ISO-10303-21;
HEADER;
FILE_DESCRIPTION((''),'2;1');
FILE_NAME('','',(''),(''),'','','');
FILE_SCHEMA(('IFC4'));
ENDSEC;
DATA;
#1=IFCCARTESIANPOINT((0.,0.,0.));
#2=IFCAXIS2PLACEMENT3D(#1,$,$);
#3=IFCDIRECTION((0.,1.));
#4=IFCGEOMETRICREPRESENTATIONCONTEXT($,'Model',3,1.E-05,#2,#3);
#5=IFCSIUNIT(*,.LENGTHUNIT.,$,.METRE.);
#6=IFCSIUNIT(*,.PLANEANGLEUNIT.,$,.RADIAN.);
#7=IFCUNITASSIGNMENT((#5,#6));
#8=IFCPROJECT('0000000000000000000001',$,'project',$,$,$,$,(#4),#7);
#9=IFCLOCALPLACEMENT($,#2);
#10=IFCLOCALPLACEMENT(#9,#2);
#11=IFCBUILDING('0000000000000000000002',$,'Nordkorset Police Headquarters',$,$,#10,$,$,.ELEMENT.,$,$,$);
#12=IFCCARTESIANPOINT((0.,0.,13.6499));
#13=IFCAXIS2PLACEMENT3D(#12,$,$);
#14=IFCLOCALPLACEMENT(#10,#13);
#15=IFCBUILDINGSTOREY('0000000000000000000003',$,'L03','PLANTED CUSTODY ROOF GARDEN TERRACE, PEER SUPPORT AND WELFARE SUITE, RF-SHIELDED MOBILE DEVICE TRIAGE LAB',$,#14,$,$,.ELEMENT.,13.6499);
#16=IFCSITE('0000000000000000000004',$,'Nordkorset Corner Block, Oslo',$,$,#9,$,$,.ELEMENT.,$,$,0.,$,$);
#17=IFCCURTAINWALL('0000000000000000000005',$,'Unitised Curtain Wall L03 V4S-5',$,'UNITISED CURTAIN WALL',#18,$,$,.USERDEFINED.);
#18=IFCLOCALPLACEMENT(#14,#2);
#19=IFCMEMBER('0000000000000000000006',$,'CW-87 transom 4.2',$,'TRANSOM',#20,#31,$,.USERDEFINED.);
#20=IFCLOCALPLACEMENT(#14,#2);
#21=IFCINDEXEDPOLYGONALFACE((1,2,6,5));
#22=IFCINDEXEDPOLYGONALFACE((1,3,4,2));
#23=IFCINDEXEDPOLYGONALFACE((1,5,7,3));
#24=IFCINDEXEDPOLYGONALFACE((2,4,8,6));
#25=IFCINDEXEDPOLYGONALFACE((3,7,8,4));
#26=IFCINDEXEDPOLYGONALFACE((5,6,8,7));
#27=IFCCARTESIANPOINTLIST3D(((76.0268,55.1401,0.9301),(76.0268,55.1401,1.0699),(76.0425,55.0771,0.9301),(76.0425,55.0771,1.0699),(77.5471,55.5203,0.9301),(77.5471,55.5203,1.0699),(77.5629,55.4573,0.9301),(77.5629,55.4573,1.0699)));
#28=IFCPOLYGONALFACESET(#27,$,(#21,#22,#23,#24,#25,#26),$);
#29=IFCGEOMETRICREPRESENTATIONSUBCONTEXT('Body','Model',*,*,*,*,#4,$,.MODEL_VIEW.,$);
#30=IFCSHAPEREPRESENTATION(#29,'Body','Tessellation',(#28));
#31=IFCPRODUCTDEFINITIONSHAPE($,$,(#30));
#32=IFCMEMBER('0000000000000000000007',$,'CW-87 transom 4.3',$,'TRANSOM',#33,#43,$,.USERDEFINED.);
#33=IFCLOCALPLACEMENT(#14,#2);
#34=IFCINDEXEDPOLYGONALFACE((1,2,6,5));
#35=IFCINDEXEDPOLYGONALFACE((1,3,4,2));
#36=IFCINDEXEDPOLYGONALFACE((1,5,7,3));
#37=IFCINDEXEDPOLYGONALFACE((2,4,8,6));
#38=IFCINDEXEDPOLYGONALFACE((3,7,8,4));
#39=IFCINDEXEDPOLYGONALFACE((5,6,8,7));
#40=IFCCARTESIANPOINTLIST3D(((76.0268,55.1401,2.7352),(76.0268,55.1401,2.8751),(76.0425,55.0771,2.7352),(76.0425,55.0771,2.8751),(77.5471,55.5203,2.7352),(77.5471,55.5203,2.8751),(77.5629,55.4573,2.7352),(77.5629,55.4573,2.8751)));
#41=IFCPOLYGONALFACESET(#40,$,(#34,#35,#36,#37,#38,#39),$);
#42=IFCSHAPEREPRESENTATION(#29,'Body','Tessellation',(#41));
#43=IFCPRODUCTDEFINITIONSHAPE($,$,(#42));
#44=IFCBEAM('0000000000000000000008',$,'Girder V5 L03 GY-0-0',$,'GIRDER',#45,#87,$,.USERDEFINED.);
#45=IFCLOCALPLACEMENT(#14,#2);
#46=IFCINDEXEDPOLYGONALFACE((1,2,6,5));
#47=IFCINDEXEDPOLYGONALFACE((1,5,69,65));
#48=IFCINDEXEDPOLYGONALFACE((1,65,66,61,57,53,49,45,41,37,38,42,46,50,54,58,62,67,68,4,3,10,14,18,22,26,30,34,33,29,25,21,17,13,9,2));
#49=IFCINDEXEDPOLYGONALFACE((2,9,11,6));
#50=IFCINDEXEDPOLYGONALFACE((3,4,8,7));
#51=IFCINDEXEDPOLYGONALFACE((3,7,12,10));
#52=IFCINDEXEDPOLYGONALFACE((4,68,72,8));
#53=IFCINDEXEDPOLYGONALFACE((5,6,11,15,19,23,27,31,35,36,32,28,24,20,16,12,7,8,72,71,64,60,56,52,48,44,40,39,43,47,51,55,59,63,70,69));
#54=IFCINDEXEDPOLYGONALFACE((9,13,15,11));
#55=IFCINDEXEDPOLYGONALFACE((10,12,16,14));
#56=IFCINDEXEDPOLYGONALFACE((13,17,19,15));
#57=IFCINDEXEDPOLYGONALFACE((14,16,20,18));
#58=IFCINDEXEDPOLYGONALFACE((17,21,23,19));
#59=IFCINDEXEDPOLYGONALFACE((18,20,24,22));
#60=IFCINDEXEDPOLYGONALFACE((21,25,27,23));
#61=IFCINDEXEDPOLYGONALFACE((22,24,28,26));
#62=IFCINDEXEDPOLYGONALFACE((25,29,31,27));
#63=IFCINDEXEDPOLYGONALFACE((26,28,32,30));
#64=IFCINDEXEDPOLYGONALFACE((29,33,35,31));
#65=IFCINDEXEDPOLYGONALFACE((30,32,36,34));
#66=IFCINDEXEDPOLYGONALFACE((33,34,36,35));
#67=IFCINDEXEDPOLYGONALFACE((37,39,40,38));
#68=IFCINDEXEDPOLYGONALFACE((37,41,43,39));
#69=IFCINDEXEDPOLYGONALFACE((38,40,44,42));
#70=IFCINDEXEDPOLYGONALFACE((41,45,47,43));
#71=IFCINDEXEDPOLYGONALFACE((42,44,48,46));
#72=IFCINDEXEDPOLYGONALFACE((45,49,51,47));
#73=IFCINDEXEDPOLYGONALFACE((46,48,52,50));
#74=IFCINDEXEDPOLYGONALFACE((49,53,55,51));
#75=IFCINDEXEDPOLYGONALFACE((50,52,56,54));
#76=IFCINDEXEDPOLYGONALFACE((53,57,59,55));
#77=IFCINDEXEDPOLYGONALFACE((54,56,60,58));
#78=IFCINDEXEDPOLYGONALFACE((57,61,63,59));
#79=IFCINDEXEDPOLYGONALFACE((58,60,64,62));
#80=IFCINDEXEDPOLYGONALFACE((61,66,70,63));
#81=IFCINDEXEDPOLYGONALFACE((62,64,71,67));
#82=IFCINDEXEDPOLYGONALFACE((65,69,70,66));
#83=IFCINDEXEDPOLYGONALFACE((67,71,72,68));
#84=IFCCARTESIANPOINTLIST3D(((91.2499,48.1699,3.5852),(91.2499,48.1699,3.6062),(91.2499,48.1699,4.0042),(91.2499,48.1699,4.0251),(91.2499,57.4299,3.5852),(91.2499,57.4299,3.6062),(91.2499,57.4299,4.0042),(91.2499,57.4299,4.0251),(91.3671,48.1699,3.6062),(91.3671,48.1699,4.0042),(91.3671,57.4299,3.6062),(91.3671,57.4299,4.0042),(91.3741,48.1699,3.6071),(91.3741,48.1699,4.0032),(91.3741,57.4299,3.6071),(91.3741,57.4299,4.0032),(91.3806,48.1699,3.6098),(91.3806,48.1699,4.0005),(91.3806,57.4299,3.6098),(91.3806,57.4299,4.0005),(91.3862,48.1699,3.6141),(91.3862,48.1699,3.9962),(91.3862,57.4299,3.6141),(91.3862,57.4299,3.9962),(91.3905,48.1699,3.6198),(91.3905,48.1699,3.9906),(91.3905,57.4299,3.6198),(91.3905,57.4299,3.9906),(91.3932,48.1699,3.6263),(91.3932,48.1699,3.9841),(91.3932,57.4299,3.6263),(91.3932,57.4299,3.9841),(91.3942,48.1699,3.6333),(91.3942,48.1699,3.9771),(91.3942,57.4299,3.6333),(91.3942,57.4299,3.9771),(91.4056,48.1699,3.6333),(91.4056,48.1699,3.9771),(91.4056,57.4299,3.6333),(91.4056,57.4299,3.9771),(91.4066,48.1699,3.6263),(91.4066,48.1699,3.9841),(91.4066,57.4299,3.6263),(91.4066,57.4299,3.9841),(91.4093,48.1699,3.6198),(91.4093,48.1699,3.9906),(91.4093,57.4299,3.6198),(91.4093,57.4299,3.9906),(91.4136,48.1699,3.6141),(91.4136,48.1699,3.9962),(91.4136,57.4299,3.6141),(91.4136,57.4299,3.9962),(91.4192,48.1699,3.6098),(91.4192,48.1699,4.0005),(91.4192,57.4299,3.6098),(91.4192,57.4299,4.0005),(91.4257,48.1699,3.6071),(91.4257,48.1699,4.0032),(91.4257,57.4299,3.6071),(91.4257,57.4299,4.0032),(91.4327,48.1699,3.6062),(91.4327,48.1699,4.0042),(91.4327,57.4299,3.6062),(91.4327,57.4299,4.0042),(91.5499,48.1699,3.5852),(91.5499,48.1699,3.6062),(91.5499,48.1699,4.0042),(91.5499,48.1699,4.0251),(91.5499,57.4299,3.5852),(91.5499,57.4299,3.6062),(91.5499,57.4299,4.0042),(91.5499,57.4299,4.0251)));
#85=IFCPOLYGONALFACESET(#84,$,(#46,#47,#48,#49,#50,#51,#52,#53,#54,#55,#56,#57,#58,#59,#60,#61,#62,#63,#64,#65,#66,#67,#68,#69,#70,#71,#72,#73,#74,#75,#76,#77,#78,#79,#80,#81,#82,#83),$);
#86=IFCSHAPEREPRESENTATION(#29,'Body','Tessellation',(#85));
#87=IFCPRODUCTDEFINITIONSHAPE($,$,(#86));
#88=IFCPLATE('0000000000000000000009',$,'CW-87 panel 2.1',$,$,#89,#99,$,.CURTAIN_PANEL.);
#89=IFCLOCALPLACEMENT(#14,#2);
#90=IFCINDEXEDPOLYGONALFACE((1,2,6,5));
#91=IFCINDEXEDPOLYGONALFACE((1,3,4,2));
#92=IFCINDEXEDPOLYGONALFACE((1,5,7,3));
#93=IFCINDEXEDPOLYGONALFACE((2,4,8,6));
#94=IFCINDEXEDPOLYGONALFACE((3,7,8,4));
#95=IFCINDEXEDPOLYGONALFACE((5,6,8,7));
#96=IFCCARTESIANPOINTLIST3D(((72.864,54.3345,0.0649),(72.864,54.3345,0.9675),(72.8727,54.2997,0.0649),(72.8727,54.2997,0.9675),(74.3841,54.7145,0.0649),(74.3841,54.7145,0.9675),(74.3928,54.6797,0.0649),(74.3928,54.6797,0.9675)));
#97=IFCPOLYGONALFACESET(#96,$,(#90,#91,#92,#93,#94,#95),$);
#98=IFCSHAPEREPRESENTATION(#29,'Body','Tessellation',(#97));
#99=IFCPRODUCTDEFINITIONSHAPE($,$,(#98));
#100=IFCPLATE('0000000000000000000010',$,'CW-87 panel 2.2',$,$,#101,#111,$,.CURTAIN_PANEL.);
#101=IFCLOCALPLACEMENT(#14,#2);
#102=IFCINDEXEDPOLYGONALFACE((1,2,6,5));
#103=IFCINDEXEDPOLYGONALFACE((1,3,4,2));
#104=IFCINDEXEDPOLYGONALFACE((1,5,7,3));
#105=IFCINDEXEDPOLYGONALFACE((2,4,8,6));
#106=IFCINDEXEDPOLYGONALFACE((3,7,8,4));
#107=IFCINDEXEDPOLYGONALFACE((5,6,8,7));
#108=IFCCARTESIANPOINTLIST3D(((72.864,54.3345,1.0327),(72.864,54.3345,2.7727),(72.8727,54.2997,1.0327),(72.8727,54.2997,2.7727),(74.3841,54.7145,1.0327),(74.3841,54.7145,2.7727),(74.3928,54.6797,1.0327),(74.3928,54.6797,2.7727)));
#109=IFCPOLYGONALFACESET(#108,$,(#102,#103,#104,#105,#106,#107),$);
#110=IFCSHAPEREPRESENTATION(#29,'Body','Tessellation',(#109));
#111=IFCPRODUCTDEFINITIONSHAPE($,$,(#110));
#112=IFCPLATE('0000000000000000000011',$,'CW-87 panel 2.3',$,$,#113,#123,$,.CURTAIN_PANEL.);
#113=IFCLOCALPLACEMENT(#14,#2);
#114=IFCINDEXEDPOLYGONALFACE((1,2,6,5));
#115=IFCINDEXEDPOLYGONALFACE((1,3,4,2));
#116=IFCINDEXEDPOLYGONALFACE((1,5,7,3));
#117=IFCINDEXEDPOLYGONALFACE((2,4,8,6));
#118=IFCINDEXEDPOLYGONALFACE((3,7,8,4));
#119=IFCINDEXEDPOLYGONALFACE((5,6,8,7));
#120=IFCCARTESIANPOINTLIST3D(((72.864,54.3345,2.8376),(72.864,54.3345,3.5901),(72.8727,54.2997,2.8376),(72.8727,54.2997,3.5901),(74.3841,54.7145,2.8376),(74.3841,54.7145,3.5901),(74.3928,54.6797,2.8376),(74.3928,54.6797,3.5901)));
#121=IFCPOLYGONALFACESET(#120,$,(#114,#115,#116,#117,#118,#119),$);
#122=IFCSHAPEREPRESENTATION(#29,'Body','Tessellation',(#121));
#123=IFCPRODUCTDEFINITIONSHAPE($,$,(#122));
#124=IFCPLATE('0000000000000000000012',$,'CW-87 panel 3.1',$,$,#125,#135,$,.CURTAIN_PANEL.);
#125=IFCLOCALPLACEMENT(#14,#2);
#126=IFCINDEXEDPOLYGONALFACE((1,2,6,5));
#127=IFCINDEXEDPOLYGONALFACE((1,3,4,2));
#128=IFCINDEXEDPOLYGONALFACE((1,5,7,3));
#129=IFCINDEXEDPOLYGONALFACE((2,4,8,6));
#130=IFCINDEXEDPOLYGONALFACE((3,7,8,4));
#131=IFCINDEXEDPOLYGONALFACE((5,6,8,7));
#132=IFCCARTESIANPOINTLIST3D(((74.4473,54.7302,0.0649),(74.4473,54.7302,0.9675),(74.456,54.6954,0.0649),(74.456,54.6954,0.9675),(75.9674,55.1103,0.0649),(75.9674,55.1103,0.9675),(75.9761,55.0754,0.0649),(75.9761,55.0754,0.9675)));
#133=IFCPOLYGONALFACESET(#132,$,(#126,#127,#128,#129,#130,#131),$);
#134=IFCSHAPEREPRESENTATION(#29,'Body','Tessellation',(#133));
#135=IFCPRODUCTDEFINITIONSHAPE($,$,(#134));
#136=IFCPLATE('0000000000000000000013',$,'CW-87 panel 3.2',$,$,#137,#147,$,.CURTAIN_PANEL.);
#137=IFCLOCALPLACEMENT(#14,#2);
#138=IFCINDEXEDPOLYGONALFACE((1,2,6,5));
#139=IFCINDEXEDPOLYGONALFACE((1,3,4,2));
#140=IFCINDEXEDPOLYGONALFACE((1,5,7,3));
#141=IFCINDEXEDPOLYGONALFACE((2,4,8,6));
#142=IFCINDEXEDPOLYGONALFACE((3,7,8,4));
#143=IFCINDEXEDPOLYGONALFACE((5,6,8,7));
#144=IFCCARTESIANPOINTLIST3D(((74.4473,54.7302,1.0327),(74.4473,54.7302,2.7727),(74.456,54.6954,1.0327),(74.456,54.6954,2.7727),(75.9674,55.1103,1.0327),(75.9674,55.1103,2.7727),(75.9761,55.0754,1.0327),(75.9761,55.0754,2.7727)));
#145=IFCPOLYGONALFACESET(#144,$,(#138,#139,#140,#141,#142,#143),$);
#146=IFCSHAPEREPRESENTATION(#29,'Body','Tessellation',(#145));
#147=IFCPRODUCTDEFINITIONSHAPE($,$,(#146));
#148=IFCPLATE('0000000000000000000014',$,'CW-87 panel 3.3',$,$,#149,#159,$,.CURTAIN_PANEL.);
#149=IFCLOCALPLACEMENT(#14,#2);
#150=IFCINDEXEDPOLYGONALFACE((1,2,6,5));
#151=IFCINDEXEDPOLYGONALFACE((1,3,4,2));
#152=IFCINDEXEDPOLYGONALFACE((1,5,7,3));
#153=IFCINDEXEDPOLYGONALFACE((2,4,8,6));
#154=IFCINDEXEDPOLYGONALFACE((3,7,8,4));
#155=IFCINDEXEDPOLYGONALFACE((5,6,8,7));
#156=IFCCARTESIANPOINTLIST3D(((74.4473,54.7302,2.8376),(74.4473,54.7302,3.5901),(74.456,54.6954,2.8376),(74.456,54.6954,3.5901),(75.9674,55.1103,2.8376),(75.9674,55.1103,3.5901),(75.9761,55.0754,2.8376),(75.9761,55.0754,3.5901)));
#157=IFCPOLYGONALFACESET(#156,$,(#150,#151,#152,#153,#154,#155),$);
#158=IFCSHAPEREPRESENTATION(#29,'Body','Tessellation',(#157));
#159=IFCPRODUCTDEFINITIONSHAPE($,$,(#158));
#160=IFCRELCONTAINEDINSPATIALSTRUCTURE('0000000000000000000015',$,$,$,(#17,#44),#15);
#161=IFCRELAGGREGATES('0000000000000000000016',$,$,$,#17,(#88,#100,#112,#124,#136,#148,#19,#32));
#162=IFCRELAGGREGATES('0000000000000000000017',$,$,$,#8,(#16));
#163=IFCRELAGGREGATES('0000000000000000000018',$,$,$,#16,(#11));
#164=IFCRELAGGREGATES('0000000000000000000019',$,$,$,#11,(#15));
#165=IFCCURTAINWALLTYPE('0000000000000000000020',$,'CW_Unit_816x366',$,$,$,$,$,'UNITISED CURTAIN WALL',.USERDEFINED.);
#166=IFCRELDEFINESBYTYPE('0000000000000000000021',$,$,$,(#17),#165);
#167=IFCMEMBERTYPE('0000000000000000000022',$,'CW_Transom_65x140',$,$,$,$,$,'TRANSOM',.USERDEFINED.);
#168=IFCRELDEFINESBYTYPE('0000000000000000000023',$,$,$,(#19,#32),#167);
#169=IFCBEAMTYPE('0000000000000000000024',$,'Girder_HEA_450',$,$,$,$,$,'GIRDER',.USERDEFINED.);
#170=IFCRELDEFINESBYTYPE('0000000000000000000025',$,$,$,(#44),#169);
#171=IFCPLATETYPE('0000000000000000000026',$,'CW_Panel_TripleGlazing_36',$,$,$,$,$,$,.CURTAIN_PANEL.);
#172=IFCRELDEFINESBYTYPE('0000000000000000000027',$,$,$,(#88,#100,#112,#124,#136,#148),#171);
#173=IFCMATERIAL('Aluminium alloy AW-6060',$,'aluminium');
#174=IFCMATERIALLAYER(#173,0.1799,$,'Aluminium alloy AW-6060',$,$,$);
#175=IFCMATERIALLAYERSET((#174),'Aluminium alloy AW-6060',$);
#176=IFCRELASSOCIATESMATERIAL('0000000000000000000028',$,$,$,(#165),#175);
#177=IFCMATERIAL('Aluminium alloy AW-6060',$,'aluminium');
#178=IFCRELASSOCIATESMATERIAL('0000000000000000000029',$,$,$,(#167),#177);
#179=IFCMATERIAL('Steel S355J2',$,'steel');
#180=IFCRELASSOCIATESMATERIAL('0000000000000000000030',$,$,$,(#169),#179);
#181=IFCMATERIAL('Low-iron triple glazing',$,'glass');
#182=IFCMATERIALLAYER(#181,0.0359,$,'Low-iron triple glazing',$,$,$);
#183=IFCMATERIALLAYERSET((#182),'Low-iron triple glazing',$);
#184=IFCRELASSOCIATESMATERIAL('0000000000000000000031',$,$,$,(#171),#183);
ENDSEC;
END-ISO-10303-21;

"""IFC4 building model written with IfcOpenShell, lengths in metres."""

from ifc_helpers import new_model, si_unit, direction, frame, origin, origin_2d, place, context, subcontext, project, spatial, rectangle, i_section, extrude, material, layer, layer_set, material_profile, profile_set, type_object, element, aggregate, save


model = new_model("IFC4")

# Units and contexts
model_context = context("Model", 3, precision=1e-05, world=origin(), true_north=direction((0.0, 1.0)))
body_context = subcontext(model_context, "Body", "Model", "MODEL_VIEW")
ifc_project = project(units=[si_unit("LENGTHUNIT", "METRE"), si_unit("PLANEANGLEUNIT", "RADIAN")], contexts=[model_context])

# Site, building, storey
site_placement = place(None, origin())
site = spatial("IfcSite", under=ifc_project, at=site_placement, Name="Nordkorset Corner Block, Oslo", CompositionType="ELEMENT", RefElevation=0.0)
building_placement = place(site_placement, origin())
building = spatial("IfcBuilding", under=site, at=building_placement, Name="Nordkorset Police Headquarters", CompositionType="ELEMENT")
storey_placement = place(building_placement, frame((0.0, 0.0, 13.6499)))
storey = spatial("IfcBuildingStorey", under=building, at=storey_placement, Name="L03", Description="PLANTED CUSTODY ROOF GARDEN TERRACE, PEER SUPPORT AND WELFARE SUITE, RF-SHIELDED MOBILE DEVICE TRIAGE LAB", CompositionType="ELEMENT", Elevation=13.6499)

# Curtain wall, members
ifc_material_1 = material(Name="Aluminium alloy AW-6060", Category="aluminium")
ifc_layer_1 = layer(ifc_material_1, 0.1799, Name="Aluminium alloy AW-6060")
ifc_layer_set_1 = layer_set([ifc_layer_1], Name="Aluminium alloy AW-6060")
curtain_wall_type = type_object("IfcCurtainWallType", Name="CW_Unit_816x366", ElementType="UNITISED CURTAIN WALL", PredefinedType="USERDEFINED", material=ifc_layer_set_1)
curtain_wall_placement = place(storey_placement, origin())
curtain_wall = element("IfcCurtainWall", 1, at=curtain_wall_placement, inside=storey, type_object=curtain_wall_type, Name="Unitised Curtain Wall L03 V4S-5", ObjectType="UNITISED CURTAIN WALL", PredefinedType="USERDEFINED")
ifc_material_2 = material(Name="Aluminium alloy AW-6060", Category="aluminium")
ifc_material_profile_1 = material_profile(ifc_material_2, rectangle(XDim=0.0649, YDim=0.1399, at=origin_2d()), Name="ALU TRAN 65x140")
ifc_profile_set_1 = profile_set([ifc_material_profile_1], Name="Aluminium alloy AW-6060")
member_type_1 = type_object("IfcMemberType", Name="CW_Transom_65x140", ElementType="TRANSOM", PredefinedType="USERDEFINED", material=ifc_profile_set_1)
member_1_placement = place(storey_placement, frame((76.0347, 55.1086, 1.0), z_axis=(0.970133, 0.242572, 0.0), x_axis=(-0.242572, 0.970133, 0.0)))
member_1 = element("IfcMember", 2, at=member_1_placement, type_object=member_type_1, Name="CW-87 transom 4.2", ObjectType="TRANSOM", PredefinedType="USERDEFINED", context=body_context, shape_type="SweptSolid", body=[
    extrude(rectangle(XDim=0.0649, YDim=0.1399, at=origin_2d()), origin(), (0.0, 0.0, 1.0), 1.5671),
])
member_2_placement = place(storey_placement, frame((76.0347, 55.1086, 2.8052), z_axis=(0.970133, 0.242572, 0.0), x_axis=(-0.242572, 0.970133, 0.0)))
member_2 = element("IfcMember", 3, at=member_2_placement, type_object=member_type_1, Name="CW-87 transom 4.3", ObjectType="TRANSOM", PredefinedType="USERDEFINED", context=body_context, shape_type="SweptSolid", body=[
    extrude(rectangle(XDim=0.0649, YDim=0.1399, at=origin_2d()), origin(), (0.0, 0.0, 1.0), 1.5671),
])

# Beam
ifc_material_3 = material(Name="Steel S355J2", Category="steel")
ifc_material_profile_2 = material_profile(ifc_material_3, i_section(OverallWidth=0.3, OverallDepth=0.4399, WebThickness=0.0115, FlangeThickness=0.021, FilletRadius=0.0271, at=origin_2d()), Name="HEA 450")
ifc_profile_set_2 = profile_set([ifc_material_profile_2], Name="Steel S355J2")
beam_type = type_object("IfcBeamType", Name="Girder_HEA_450", ElementType="GIRDER", PredefinedType="USERDEFINED", material=ifc_profile_set_2)
beam_placement = place(storey_placement, frame((91.3999, 48.1699, 3.8052), z_axis=(0.0, 1.0, 0.0), x_axis=(-1.0, 0.0, 0.0)))
element("IfcBeam", 4, at=beam_placement, inside=storey, type_object=beam_type, Name="Girder V5 L03 GY-0-0", ObjectType="GIRDER", PredefinedType="USERDEFINED", context=body_context, shape_type="SweptSolid", body=[
    extrude(i_section(OverallWidth=0.3, OverallDepth=0.4399, WebThickness=0.0115, FlangeThickness=0.021, FilletRadius=0.0271, at=origin_2d()), origin(), (0.0, 0.0, 1.0), 9.26),
])

# Plates
ifc_material_4 = material(Name="Low-iron triple glazing", Category="glass")
ifc_layer_2 = layer(ifc_material_4, 0.0359, Name="Low-iron triple glazing")
ifc_layer_set_2 = layer_set([ifc_layer_2], Name="Low-iron triple glazing")
plate_type = type_object("IfcPlateType", Name="CW_Panel_TripleGlazing_36", PredefinedType="CURTAIN_PANEL", material=ifc_layer_set_2)
plate_1_placement = place(storey_placement, frame((73.6284, 54.5071, 0.0649), z_axis=(0.0, 0.0, 1.0), x_axis=(0.970143, 0.242536, 0.0)))
plate_1 = element("IfcPlate", 5, at=plate_1_placement, type_object=plate_type, Name="CW-87 panel 2.1", PredefinedType="CURTAIN_PANEL", context=body_context, shape_type="SweptSolid", body=[
    extrude(rectangle(XDim=1.5669, YDim=0.0359, at=origin_2d()), origin(), (0.0, 0.0, 1.0), 0.9026),
])
plate_2_placement = place(storey_placement, frame((73.6284, 54.5071, 1.0327), z_axis=(0.0, 0.0, 1.0), x_axis=(0.970143, 0.242536, 0.0)))
plate_2 = element("IfcPlate", 6, at=plate_2_placement, type_object=plate_type, Name="CW-87 panel 2.2", PredefinedType="CURTAIN_PANEL", context=body_context, shape_type="SweptSolid", body=[
    extrude(rectangle(XDim=1.5669, YDim=0.0359, at=origin_2d()), origin(), (0.0, 0.0, 1.0), 1.74),
])
plate_3_placement = place(storey_placement, frame((73.6284, 54.5071, 2.8376), z_axis=(0.0, 0.0, 1.0), x_axis=(0.970143, 0.242536, 0.0)))
plate_3 = element("IfcPlate", 7, at=plate_3_placement, type_object=plate_type, Name="CW-87 panel 2.3", PredefinedType="CURTAIN_PANEL", context=body_context, shape_type="SweptSolid", body=[
    extrude(rectangle(XDim=1.5669, YDim=0.0359, at=origin_2d()), origin(), (0.0, 0.0, 1.0), 0.7524),
])
plate_4_placement = place(storey_placement, frame((75.2117, 54.9028, 0.0649), z_axis=(0.0, 0.0, 1.0), x_axis=(0.970143, 0.242536, 0.0)))
plate_4 = element("IfcPlate", 8, at=plate_4_placement, type_object=plate_type, Name="CW-87 panel 3.1", PredefinedType="CURTAIN_PANEL", context=body_context, shape_type="SweptSolid", body=[
    extrude(rectangle(XDim=1.5669, YDim=0.0359, at=origin_2d()), origin(), (0.0, 0.0, 1.0), 0.9026),
])
plate_5_placement = place(storey_placement, frame((75.2117, 54.9028, 1.0327), z_axis=(0.0, 0.0, 1.0), x_axis=(0.970143, 0.242536, 0.0)))
plate_5 = element("IfcPlate", 9, at=plate_5_placement, type_object=plate_type, Name="CW-87 panel 3.2", PredefinedType="CURTAIN_PANEL", context=body_context, shape_type="SweptSolid", body=[
    extrude(rectangle(XDim=1.5669, YDim=0.0359, at=origin_2d()), origin(), (0.0, 0.0, 1.0), 1.74),
])
plate_6_placement = place(storey_placement, frame((75.2117, 54.9028, 2.8376), z_axis=(0.0, 0.0, 1.0), x_axis=(0.970143, 0.242536, 0.0)))
plate_6 = element("IfcPlate", 10, at=plate_6_placement, type_object=plate_type, Name="CW-87 panel 3.3", PredefinedType="CURTAIN_PANEL", context=body_context, shape_type="SweptSolid", body=[
    extrude(rectangle(XDim=1.5669, YDim=0.0359, at=origin_2d()), origin(), (0.0, 0.0, 1.0), 0.7524),
])
aggregate(curtain_wall, [plate_1, plate_2, plate_3, plate_4, plate_5, plate_6, member_1, member_2])

save(model, "model.ifc")
